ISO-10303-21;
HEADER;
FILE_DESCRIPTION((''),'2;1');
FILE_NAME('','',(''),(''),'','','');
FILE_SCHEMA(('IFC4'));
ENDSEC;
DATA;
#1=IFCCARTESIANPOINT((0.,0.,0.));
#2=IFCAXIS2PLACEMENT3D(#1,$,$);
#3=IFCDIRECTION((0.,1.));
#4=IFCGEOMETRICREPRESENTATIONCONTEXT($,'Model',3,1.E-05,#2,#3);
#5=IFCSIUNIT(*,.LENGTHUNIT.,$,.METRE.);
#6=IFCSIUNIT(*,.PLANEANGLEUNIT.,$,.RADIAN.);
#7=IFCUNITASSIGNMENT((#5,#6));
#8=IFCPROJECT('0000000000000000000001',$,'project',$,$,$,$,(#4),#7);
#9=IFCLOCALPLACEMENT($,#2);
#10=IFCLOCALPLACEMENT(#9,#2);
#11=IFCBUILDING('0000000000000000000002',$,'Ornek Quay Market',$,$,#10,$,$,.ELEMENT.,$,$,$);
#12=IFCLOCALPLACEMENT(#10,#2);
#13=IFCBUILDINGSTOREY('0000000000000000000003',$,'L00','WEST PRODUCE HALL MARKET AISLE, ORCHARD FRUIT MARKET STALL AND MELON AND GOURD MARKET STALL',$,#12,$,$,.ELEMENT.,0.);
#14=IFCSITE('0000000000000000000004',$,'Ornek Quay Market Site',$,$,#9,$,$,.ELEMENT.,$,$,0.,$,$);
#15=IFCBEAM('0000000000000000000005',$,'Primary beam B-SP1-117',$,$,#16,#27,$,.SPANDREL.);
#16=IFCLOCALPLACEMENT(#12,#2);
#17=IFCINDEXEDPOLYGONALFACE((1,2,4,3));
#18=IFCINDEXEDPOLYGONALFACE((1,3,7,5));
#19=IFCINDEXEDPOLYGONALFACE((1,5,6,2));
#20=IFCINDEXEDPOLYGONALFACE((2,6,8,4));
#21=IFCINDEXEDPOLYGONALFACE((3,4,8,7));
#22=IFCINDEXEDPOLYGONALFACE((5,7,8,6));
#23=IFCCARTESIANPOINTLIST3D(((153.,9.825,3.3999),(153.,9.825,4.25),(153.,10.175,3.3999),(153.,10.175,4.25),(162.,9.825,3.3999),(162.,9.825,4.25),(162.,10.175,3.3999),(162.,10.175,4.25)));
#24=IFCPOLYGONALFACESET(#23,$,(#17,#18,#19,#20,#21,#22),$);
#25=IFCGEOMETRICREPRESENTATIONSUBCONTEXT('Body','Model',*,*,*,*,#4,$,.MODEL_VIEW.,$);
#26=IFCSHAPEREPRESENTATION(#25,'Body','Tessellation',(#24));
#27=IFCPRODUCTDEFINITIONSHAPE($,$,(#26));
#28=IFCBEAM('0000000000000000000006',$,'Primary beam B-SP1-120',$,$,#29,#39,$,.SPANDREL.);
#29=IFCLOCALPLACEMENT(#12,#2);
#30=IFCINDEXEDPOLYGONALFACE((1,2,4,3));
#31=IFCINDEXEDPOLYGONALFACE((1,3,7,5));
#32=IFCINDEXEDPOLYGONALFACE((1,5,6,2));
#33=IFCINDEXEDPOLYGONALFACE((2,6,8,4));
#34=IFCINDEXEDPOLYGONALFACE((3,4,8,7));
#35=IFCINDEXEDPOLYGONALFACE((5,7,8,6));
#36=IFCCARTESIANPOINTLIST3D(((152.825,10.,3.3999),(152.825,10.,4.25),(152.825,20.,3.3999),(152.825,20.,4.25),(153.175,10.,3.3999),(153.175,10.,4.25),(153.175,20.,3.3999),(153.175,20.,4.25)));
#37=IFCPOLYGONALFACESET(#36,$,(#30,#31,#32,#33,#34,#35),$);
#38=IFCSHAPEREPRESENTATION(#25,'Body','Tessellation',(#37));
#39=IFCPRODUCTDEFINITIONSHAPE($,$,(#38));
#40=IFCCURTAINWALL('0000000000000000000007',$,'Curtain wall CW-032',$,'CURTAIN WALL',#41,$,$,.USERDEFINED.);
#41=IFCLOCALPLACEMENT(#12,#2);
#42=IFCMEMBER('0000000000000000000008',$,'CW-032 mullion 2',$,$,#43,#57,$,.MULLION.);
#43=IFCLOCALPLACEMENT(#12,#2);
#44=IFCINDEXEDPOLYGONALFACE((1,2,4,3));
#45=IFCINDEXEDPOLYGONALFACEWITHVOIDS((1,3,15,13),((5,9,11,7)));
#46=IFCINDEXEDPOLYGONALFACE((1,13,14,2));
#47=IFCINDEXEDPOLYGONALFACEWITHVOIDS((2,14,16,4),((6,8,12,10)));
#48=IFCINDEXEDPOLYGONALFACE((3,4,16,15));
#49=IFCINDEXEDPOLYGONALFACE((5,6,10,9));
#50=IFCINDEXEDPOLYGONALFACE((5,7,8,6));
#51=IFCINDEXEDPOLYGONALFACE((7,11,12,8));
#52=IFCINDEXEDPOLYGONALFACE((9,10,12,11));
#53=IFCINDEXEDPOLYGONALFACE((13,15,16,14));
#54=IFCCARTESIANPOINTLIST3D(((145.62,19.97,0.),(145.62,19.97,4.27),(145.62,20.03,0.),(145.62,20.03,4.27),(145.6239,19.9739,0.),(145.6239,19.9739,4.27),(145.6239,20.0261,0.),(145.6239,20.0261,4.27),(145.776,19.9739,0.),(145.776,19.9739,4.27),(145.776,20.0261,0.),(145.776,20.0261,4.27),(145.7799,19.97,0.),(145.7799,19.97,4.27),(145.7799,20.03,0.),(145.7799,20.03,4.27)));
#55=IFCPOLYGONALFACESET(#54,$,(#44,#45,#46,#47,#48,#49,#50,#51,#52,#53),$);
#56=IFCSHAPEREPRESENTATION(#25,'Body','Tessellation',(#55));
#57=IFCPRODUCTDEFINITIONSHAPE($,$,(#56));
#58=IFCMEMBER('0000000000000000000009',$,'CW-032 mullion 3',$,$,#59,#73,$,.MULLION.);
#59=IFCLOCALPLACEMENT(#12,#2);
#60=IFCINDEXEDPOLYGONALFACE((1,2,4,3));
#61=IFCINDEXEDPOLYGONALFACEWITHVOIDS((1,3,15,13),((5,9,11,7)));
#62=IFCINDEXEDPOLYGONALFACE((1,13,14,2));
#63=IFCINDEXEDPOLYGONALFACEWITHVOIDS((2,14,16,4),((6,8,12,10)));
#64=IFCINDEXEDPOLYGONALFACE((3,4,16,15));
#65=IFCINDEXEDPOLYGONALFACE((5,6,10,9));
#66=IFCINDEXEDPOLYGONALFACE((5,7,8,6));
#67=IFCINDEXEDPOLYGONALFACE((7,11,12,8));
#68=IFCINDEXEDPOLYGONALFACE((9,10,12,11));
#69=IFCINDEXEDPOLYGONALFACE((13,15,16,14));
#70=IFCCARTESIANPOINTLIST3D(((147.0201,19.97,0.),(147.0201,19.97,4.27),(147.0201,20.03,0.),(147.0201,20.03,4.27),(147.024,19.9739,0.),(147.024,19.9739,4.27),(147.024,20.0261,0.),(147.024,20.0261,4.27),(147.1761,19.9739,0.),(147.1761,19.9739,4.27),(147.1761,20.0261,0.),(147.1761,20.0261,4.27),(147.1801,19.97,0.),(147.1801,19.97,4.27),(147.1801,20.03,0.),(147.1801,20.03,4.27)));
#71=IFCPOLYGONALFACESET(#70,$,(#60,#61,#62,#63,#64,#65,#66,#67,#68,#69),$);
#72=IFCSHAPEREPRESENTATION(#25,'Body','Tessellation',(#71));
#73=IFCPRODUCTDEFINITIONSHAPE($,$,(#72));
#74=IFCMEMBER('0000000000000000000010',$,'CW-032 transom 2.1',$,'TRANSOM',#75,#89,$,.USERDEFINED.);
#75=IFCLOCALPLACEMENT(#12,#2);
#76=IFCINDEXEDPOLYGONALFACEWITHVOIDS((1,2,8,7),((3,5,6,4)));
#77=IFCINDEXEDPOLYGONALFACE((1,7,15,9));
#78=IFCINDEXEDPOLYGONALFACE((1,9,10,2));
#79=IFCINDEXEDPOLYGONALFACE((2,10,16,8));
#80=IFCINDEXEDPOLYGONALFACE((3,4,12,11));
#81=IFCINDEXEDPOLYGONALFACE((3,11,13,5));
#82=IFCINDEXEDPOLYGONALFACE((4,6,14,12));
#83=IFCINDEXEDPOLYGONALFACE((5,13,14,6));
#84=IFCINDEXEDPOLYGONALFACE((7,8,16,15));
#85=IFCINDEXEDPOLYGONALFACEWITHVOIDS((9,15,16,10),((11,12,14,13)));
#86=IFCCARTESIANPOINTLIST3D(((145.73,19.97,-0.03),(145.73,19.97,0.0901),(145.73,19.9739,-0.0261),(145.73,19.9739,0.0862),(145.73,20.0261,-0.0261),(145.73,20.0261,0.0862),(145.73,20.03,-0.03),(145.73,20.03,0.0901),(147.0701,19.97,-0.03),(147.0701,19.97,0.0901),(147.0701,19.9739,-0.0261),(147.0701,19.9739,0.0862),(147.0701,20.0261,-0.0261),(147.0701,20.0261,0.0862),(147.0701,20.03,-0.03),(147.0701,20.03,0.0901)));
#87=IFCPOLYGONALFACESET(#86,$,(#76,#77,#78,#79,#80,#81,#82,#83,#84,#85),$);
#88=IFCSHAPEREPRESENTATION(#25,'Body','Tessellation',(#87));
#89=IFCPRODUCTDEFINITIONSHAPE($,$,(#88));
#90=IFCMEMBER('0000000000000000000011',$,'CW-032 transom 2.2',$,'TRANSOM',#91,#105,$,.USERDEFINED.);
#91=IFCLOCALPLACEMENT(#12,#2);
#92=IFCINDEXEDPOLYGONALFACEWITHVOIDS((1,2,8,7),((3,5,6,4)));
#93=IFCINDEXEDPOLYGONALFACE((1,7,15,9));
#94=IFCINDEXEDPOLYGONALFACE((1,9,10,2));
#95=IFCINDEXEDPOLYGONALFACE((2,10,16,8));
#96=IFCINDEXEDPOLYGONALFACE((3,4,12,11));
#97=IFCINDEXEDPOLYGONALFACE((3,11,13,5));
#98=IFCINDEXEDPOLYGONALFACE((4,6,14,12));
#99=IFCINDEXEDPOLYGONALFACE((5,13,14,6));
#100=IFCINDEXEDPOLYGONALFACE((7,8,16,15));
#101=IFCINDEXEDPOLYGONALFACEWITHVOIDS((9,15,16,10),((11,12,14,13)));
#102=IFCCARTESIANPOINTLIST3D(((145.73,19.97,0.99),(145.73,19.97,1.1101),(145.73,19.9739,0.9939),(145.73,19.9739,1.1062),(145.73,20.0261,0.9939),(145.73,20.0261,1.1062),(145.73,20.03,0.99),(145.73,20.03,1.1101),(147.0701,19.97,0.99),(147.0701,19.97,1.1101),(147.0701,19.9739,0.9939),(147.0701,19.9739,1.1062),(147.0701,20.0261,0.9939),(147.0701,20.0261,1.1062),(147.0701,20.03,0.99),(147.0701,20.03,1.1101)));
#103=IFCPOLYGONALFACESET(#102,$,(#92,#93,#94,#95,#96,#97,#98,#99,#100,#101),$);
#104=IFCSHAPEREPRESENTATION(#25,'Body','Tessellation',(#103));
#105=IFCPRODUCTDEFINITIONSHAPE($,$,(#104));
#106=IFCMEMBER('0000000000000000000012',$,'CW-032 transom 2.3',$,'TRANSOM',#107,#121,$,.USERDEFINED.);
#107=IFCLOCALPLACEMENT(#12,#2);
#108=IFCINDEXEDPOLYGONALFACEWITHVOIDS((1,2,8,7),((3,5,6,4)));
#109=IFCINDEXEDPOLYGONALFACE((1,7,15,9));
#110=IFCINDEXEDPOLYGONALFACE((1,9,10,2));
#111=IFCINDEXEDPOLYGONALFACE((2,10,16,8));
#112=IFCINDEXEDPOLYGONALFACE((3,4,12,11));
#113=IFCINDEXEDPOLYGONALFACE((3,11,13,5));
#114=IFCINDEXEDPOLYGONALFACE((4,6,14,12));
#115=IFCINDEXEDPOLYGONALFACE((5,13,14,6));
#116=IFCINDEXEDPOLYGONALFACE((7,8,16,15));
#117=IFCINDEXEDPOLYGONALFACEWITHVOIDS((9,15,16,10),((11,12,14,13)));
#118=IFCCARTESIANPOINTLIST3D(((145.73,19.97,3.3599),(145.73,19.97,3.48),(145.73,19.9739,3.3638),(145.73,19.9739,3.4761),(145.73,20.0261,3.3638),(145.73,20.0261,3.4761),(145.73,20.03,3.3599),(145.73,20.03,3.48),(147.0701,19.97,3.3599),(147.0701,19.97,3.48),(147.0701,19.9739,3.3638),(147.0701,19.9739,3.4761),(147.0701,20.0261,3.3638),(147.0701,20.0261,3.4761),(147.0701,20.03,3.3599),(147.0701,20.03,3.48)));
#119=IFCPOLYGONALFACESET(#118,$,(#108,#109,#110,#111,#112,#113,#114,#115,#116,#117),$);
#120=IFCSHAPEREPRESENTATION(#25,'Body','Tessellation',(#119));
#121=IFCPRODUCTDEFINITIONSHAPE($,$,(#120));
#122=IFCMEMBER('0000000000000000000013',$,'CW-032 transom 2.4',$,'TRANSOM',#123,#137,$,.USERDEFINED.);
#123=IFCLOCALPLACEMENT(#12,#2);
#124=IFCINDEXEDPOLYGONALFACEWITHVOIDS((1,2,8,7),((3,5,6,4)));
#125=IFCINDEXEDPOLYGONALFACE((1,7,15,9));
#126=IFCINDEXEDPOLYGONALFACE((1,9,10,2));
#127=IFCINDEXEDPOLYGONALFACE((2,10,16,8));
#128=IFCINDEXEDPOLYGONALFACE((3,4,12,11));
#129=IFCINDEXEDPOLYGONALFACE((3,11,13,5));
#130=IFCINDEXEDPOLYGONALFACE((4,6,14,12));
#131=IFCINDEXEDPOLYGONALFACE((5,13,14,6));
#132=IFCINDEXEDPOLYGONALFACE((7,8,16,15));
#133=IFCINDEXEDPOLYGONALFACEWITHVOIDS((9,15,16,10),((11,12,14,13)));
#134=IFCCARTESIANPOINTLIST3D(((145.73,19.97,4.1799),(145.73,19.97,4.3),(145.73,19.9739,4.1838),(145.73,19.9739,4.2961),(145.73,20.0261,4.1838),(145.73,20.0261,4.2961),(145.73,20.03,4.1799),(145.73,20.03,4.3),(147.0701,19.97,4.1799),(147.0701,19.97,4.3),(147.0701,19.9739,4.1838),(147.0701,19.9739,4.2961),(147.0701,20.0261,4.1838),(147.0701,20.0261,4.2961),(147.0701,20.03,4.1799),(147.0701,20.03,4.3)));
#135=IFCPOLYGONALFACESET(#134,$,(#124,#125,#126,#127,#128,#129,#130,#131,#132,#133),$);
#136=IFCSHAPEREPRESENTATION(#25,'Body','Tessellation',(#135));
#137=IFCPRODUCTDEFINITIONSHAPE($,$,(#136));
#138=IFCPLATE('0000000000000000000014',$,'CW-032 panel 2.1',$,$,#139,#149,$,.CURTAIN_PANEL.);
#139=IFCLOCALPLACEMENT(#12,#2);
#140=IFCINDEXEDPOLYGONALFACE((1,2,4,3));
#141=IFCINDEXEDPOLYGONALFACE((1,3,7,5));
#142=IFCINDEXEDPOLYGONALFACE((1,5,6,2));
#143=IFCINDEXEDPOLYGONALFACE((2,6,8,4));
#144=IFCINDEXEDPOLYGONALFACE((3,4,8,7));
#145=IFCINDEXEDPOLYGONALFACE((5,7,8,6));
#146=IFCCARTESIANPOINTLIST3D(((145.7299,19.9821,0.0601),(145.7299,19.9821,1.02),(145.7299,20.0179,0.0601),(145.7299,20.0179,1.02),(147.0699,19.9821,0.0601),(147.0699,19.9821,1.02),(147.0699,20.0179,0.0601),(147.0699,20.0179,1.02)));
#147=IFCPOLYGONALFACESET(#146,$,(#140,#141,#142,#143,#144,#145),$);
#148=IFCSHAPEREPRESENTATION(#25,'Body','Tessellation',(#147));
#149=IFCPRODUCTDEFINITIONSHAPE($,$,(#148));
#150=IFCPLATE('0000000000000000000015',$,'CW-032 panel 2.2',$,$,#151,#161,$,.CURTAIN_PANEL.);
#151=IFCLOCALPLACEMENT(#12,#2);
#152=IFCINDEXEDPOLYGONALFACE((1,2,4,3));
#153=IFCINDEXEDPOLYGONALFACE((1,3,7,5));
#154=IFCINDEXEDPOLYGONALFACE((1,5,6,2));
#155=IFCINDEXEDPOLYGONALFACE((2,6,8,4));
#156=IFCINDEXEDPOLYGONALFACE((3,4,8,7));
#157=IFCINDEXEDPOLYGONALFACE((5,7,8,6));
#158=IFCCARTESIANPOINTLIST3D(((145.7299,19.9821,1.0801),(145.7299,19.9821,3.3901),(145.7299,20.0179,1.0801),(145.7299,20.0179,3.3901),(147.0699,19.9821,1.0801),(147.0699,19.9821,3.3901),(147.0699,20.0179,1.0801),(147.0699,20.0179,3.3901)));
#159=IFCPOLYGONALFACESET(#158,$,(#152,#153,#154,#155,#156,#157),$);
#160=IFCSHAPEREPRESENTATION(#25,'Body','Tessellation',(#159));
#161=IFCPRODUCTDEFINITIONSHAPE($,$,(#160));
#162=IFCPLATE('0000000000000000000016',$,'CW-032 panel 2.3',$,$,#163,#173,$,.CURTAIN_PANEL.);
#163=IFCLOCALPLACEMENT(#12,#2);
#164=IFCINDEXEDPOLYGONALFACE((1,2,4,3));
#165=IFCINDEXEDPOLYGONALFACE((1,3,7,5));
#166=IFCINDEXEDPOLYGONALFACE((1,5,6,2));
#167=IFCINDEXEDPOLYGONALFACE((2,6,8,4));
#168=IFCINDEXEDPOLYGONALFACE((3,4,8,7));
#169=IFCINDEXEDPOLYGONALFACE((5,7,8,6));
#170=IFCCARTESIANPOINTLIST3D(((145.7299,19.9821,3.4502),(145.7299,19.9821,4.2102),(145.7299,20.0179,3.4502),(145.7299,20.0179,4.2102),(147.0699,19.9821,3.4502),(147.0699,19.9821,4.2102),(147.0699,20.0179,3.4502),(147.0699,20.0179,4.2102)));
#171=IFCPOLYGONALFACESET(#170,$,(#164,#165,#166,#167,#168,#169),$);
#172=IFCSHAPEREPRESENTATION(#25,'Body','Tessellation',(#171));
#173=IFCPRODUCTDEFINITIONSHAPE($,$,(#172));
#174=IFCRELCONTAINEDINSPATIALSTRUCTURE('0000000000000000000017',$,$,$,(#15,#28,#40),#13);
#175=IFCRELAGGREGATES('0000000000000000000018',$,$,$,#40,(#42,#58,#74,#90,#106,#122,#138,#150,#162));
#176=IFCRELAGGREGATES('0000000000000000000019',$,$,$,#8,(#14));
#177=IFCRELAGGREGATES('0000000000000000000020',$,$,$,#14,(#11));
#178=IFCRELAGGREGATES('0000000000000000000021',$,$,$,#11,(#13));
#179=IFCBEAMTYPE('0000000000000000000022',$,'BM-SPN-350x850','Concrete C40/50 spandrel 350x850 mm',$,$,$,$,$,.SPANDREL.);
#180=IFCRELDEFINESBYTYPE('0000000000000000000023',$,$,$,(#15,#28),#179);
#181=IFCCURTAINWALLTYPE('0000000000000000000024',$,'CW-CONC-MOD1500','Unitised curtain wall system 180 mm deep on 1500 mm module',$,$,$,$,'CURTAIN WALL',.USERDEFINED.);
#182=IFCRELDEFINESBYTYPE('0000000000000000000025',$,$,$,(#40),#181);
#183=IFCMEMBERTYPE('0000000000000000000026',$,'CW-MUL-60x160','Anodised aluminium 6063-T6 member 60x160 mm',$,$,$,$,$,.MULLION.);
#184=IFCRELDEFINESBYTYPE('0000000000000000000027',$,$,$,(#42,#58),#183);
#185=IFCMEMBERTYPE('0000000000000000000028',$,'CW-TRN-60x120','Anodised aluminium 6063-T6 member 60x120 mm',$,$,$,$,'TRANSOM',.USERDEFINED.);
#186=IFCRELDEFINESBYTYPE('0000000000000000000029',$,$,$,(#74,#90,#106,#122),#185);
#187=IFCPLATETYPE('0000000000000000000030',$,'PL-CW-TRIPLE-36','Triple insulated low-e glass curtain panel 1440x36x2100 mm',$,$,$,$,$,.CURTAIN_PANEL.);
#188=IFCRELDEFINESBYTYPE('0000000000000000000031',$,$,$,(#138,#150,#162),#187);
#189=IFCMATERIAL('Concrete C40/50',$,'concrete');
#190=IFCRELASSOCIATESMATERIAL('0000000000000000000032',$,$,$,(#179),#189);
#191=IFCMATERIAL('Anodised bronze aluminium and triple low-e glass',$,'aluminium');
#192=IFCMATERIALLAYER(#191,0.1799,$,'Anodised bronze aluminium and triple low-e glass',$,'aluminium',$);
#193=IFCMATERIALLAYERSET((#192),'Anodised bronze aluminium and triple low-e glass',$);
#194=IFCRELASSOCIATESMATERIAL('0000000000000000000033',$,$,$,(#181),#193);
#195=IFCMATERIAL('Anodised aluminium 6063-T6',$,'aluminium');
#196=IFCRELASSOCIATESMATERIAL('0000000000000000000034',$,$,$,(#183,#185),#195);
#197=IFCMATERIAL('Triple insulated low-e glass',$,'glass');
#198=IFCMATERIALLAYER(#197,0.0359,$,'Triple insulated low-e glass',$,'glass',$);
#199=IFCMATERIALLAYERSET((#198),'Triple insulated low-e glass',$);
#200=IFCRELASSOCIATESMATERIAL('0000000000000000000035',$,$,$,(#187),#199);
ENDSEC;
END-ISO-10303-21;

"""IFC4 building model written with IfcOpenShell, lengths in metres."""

from ifc_helpers import new_model, si_unit, direction, frame, origin, origin_2d, place, context, subcontext, project, spatial, rectangle, hollow_rectangle, extrude, material, layer, layer_set, material_profile, profile_set, type_object, element, aggregate, save


model = new_model("IFC4")

# Units and contexts
model_context = context("Model", 3, precision=1e-05, world=origin(), true_north=direction((0.0, 1.0)))
body_context = subcontext(model_context, "Body", "Model", "MODEL_VIEW")
ifc_project = project(units=[si_unit("LENGTHUNIT", "METRE"), si_unit("PLANEANGLEUNIT", "RADIAN")], contexts=[model_context])

# Site, building, storey
site_placement = place(None, origin())
site = spatial("IfcSite", under=ifc_project, at=site_placement, Name="Ornek Quay Market Site", CompositionType="ELEMENT", RefElevation=0.0)
building_placement = place(site_placement, origin())
building = spatial("IfcBuilding", under=site, at=building_placement, Name="Ornek Quay Market", CompositionType="ELEMENT")
storey_placement = place(building_placement, origin())
storey = spatial("IfcBuildingStorey", under=building, at=storey_placement, Name="L00", Description="WEST PRODUCE HALL MARKET AISLE, ORCHARD FRUIT MARKET STALL AND MELON AND GOURD MARKET STALL", CompositionType="ELEMENT", Elevation=0.0)

# Shared definitions
ifc_material_1 = material(Name="Concrete C40/50", Category="concrete")

# Beams
ifc_material_profile_1 = material_profile(ifc_material_1, rectangle(XDim=0.3501, YDim=0.8501, at=origin_2d()), Name="RC 350x850", Category="concrete")
ifc_profile_set_1 = profile_set([ifc_material_profile_1], Name="Concrete C40/50")
beam_type_1 = type_object("IfcBeamType", Name="BM-SPN-350x850", Description="Concrete C40/50 spandrel 350x850 mm", PredefinedType="SPANDREL", material=ifc_profile_set_1)
beam_1_placement = place(storey_placement, frame((153.0, 10.0, 3.825), z_axis=(1.0, 0.0, 0.0), x_axis=(0.0, 1.0, 0.0)))
element("IfcBeam", 1, at=beam_1_placement, inside=storey, type_object=beam_type_1, Name="Primary beam B-SP1-117", PredefinedType="SPANDREL", context=body_context, shape_type="SweptSolid", body=[
    extrude(rectangle(XDim=0.3501, YDim=0.8501, at=origin_2d()), origin(), (0.0, 0.0, 1.0), 9.0),
])
beam_2_placement = place(storey_placement, frame((153.0, 10.0, 3.825), z_axis=(0.0, 1.0, 0.0), x_axis=(-1.0, 0.0, 0.0)))
element("IfcBeam", 2, at=beam_2_placement, inside=storey, type_object=beam_type_1, Name="Primary beam B-SP1-120", PredefinedType="SPANDREL", context=body_context, shape_type="SweptSolid", body=[
    extrude(rectangle(XDim=0.3501, YDim=0.8501, at=origin_2d()), origin(), (0.0, 0.0, 1.0), 10.0),
])

# Curtain wall, members, plates
ifc_material_2 = material(Name="Anodised bronze aluminium and triple low-e glass", Category="aluminium")
ifc_layer_1 = layer(ifc_material_2, 0.1799, Name="Anodised bronze aluminium and triple low-e glass", Category="aluminium")
ifc_layer_set_1 = layer_set([ifc_layer_1], Name="Anodised bronze aluminium and triple low-e glass")
curtain_wall_type = type_object("IfcCurtainWallType", Name="CW-CONC-MOD1500", Description="Unitised curtain wall system 180 mm deep on 1500 mm module", ElementType="CURTAIN WALL", PredefinedType="USERDEFINED", material=ifc_layer_set_1)
curtain_wall_placement = place(storey_placement, origin())
curtain_wall = element("IfcCurtainWall", 3, at=curtain_wall_placement, inside=storey, type_object=curtain_wall_type, Name="Curtain wall CW-032", ObjectType="CURTAIN WALL", PredefinedType="USERDEFINED")
ifc_material_3 = material(Name="Anodised aluminium 6063-T6", Category="aluminium")
ifc_material_profile_2 = material_profile(ifc_material_3, hollow_rectangle(XDim=0.0601, YDim=0.1599, WallThickness=0.0039, at=origin_2d()), Name="CW-MUL-60x160", Category="aluminium")
ifc_profile_set_2 = profile_set([ifc_material_profile_2], Name="Anodised aluminium 6063-T6")
member_type_1 = type_object("IfcMemberType", Name="CW-MUL-60x160", Description="Anodised aluminium 6063-T6 member 60x160 mm", PredefinedType="MULLION", material=ifc_profile_set_2)
member_1_placement = place(storey_placement, frame((145.7, 20.0, 0.0), z_axis=(0.0, 0.0, 1.0), x_axis=(0.0, 1.0, 0.0)))
member_1 = element("IfcMember", 4, at=member_1_placement, type_object=member_type_1, Name="CW-032 mullion 2", PredefinedType="MULLION", context=body_context, shape_type="SweptSolid", body=[
    extrude(hollow_rectangle(XDim=0.0601, YDim=0.1599, WallThickness=0.0039, at=origin_2d()), origin(), (0.0, 0.0, 1.0), 4.27),
])
member_2_placement = place(storey_placement, frame((147.1001, 20.0, 0.0), z_axis=(0.0, 0.0, 1.0), x_axis=(0.0, 1.0, 0.0)))
member_2 = element("IfcMember", 5, at=member_2_placement, type_object=member_type_1, Name="CW-032 mullion 3", PredefinedType="MULLION", context=body_context, shape_type="SweptSolid", body=[
    extrude(hollow_rectangle(XDim=0.0601, YDim=0.1599, WallThickness=0.0039, at=origin_2d()), origin(), (0.0, 0.0, 1.0), 4.27),
])
ifc_material_profile_3 = material_profile(ifc_material_3, hollow_rectangle(XDim=0.0601, YDim=0.1201, WallThickness=0.0039, at=origin_2d()), Name="CW-TRN-60x120", Category="aluminium")
ifc_profile_set_3 = profile_set([ifc_material_profile_3], Name="Anodised aluminium 6063-T6")
member_type_2 = type_object("IfcMemberType", Name="CW-TRN-60x120", Description="Anodised aluminium 6063-T6 member 60x120 mm", ElementType="TRANSOM", PredefinedType="USERDEFINED", material=ifc_profile_set_3)
member_3_placement = place(storey_placement, frame((145.73, 20.0, 0.03), z_axis=(1.0, 0.0, 0.0), x_axis=(0.0, 1.0, 0.0)))
member_3 = element("IfcMember", 6, at=member_3_placement, type_object=member_type_2, Name="CW-032 transom 2.1", ObjectType="TRANSOM", PredefinedType="USERDEFINED", context=body_context, shape_type="SweptSolid", body=[
    extrude(hollow_rectangle(XDim=0.0601, YDim=0.1201, WallThickness=0.0039, at=origin_2d()), origin(), (0.0, 0.0, 1.0), 1.3401),
])
member_4_placement = place(storey_placement, frame((145.73, 20.0, 1.05), z_axis=(1.0, 0.0, 0.0), x_axis=(0.0, 1.0, 0.0)))
member_4 = element("IfcMember", 7, at=member_4_placement, type_object=member_type_2, Name="CW-032 transom 2.2", ObjectType="TRANSOM", PredefinedType="USERDEFINED", context=body_context, shape_type="SweptSolid", body=[
    extrude(hollow_rectangle(XDim=0.0601, YDim=0.1201, WallThickness=0.0039, at=origin_2d()), origin(), (0.0, 0.0, 1.0), 1.3401),
])
member_5_placement = place(storey_placement, frame((145.73, 20.0, 3.4199), z_axis=(1.0, 0.0, 0.0), x_axis=(0.0, 1.0, 0.0)))
member_5 = element("IfcMember", 8, at=member_5_placement, type_object=member_type_2, Name="CW-032 transom 2.3", ObjectType="TRANSOM", PredefinedType="USERDEFINED", context=body_context, shape_type="SweptSolid", body=[
    extrude(hollow_rectangle(XDim=0.0601, YDim=0.1201, WallThickness=0.0039, at=origin_2d()), origin(), (0.0, 0.0, 1.0), 1.3401),
])
member_6_placement = place(storey_placement, frame((145.73, 20.0, 4.24), z_axis=(1.0, 0.0, 0.0), x_axis=(0.0, 1.0, 0.0)))
member_6 = element("IfcMember", 9, at=member_6_placement, type_object=member_type_2, Name="CW-032 transom 2.4", ObjectType="TRANSOM", PredefinedType="USERDEFINED", context=body_context, shape_type="SweptSolid", body=[
    extrude(hollow_rectangle(XDim=0.0601, YDim=0.1201, WallThickness=0.0039, at=origin_2d()), origin(), (0.0, 0.0, 1.0), 1.3401),
])
ifc_material_4 = material(Name="Triple insulated low-e glass", Category="glass")
ifc_layer_2 = layer(ifc_material_4, 0.0359, Name="Triple insulated low-e glass", Category="glass")
ifc_layer_set_2 = layer_set([ifc_layer_2], Name="Triple insulated low-e glass")
plate_type = type_object("IfcPlateType", Name="PL-CW-TRIPLE-36", Description="Triple insulated low-e glass curtain panel 1440x36x2100 mm", PredefinedType="CURTAIN_PANEL", material=ifc_layer_set_2)
plate_1_placement = place(storey_placement, frame((146.3999, 20.0, 0.0601), z_axis=(0.0, 0.0, 1.0), x_axis=(1.0, 0.0, 0.0)))
plate_1 = element("IfcPlate", 10, at=plate_1_placement, type_object=plate_type, Name="CW-032 panel 2.1", PredefinedType="CURTAIN_PANEL", context=body_context, shape_type="SweptSolid", body=[
    extrude(rectangle(XDim=1.3401, YDim=0.0359, at=origin_2d()), origin(), (0.0, 0.0, 1.0), 0.96),
])
plate_2_placement = place(storey_placement, frame((146.3999, 20.0, 1.0801), z_axis=(0.0, 0.0, 1.0), x_axis=(1.0, 0.0, 0.0)))
plate_2 = element("IfcPlate", 11, at=plate_2_placement, type_object=plate_type, Name="CW-032 panel 2.2", PredefinedType="CURTAIN_PANEL", context=body_context, shape_type="SweptSolid", body=[
    extrude(rectangle(XDim=1.3401, YDim=0.0359, at=origin_2d()), origin(), (0.0, 0.0, 1.0), 2.3101),
])
plate_3_placement = place(storey_placement, frame((146.3999, 20.0, 3.4502), z_axis=(0.0, 0.0, 1.0), x_axis=(1.0, 0.0, 0.0)))
plate_3 = element("IfcPlate", 12, at=plate_3_placement, type_object=plate_type, Name="CW-032 panel 2.3", PredefinedType="CURTAIN_PANEL", context=body_context, shape_type="SweptSolid", body=[
    extrude(rectangle(XDim=1.3401, YDim=0.0359, at=origin_2d()), origin(), (0.0, 0.0, 1.0), 0.76),
])
aggregate(curtain_wall, [member_1, member_2, member_3, member_4, member_5, member_6, plate_1, plate_2, plate_3])

save(model, "model.ifc")
